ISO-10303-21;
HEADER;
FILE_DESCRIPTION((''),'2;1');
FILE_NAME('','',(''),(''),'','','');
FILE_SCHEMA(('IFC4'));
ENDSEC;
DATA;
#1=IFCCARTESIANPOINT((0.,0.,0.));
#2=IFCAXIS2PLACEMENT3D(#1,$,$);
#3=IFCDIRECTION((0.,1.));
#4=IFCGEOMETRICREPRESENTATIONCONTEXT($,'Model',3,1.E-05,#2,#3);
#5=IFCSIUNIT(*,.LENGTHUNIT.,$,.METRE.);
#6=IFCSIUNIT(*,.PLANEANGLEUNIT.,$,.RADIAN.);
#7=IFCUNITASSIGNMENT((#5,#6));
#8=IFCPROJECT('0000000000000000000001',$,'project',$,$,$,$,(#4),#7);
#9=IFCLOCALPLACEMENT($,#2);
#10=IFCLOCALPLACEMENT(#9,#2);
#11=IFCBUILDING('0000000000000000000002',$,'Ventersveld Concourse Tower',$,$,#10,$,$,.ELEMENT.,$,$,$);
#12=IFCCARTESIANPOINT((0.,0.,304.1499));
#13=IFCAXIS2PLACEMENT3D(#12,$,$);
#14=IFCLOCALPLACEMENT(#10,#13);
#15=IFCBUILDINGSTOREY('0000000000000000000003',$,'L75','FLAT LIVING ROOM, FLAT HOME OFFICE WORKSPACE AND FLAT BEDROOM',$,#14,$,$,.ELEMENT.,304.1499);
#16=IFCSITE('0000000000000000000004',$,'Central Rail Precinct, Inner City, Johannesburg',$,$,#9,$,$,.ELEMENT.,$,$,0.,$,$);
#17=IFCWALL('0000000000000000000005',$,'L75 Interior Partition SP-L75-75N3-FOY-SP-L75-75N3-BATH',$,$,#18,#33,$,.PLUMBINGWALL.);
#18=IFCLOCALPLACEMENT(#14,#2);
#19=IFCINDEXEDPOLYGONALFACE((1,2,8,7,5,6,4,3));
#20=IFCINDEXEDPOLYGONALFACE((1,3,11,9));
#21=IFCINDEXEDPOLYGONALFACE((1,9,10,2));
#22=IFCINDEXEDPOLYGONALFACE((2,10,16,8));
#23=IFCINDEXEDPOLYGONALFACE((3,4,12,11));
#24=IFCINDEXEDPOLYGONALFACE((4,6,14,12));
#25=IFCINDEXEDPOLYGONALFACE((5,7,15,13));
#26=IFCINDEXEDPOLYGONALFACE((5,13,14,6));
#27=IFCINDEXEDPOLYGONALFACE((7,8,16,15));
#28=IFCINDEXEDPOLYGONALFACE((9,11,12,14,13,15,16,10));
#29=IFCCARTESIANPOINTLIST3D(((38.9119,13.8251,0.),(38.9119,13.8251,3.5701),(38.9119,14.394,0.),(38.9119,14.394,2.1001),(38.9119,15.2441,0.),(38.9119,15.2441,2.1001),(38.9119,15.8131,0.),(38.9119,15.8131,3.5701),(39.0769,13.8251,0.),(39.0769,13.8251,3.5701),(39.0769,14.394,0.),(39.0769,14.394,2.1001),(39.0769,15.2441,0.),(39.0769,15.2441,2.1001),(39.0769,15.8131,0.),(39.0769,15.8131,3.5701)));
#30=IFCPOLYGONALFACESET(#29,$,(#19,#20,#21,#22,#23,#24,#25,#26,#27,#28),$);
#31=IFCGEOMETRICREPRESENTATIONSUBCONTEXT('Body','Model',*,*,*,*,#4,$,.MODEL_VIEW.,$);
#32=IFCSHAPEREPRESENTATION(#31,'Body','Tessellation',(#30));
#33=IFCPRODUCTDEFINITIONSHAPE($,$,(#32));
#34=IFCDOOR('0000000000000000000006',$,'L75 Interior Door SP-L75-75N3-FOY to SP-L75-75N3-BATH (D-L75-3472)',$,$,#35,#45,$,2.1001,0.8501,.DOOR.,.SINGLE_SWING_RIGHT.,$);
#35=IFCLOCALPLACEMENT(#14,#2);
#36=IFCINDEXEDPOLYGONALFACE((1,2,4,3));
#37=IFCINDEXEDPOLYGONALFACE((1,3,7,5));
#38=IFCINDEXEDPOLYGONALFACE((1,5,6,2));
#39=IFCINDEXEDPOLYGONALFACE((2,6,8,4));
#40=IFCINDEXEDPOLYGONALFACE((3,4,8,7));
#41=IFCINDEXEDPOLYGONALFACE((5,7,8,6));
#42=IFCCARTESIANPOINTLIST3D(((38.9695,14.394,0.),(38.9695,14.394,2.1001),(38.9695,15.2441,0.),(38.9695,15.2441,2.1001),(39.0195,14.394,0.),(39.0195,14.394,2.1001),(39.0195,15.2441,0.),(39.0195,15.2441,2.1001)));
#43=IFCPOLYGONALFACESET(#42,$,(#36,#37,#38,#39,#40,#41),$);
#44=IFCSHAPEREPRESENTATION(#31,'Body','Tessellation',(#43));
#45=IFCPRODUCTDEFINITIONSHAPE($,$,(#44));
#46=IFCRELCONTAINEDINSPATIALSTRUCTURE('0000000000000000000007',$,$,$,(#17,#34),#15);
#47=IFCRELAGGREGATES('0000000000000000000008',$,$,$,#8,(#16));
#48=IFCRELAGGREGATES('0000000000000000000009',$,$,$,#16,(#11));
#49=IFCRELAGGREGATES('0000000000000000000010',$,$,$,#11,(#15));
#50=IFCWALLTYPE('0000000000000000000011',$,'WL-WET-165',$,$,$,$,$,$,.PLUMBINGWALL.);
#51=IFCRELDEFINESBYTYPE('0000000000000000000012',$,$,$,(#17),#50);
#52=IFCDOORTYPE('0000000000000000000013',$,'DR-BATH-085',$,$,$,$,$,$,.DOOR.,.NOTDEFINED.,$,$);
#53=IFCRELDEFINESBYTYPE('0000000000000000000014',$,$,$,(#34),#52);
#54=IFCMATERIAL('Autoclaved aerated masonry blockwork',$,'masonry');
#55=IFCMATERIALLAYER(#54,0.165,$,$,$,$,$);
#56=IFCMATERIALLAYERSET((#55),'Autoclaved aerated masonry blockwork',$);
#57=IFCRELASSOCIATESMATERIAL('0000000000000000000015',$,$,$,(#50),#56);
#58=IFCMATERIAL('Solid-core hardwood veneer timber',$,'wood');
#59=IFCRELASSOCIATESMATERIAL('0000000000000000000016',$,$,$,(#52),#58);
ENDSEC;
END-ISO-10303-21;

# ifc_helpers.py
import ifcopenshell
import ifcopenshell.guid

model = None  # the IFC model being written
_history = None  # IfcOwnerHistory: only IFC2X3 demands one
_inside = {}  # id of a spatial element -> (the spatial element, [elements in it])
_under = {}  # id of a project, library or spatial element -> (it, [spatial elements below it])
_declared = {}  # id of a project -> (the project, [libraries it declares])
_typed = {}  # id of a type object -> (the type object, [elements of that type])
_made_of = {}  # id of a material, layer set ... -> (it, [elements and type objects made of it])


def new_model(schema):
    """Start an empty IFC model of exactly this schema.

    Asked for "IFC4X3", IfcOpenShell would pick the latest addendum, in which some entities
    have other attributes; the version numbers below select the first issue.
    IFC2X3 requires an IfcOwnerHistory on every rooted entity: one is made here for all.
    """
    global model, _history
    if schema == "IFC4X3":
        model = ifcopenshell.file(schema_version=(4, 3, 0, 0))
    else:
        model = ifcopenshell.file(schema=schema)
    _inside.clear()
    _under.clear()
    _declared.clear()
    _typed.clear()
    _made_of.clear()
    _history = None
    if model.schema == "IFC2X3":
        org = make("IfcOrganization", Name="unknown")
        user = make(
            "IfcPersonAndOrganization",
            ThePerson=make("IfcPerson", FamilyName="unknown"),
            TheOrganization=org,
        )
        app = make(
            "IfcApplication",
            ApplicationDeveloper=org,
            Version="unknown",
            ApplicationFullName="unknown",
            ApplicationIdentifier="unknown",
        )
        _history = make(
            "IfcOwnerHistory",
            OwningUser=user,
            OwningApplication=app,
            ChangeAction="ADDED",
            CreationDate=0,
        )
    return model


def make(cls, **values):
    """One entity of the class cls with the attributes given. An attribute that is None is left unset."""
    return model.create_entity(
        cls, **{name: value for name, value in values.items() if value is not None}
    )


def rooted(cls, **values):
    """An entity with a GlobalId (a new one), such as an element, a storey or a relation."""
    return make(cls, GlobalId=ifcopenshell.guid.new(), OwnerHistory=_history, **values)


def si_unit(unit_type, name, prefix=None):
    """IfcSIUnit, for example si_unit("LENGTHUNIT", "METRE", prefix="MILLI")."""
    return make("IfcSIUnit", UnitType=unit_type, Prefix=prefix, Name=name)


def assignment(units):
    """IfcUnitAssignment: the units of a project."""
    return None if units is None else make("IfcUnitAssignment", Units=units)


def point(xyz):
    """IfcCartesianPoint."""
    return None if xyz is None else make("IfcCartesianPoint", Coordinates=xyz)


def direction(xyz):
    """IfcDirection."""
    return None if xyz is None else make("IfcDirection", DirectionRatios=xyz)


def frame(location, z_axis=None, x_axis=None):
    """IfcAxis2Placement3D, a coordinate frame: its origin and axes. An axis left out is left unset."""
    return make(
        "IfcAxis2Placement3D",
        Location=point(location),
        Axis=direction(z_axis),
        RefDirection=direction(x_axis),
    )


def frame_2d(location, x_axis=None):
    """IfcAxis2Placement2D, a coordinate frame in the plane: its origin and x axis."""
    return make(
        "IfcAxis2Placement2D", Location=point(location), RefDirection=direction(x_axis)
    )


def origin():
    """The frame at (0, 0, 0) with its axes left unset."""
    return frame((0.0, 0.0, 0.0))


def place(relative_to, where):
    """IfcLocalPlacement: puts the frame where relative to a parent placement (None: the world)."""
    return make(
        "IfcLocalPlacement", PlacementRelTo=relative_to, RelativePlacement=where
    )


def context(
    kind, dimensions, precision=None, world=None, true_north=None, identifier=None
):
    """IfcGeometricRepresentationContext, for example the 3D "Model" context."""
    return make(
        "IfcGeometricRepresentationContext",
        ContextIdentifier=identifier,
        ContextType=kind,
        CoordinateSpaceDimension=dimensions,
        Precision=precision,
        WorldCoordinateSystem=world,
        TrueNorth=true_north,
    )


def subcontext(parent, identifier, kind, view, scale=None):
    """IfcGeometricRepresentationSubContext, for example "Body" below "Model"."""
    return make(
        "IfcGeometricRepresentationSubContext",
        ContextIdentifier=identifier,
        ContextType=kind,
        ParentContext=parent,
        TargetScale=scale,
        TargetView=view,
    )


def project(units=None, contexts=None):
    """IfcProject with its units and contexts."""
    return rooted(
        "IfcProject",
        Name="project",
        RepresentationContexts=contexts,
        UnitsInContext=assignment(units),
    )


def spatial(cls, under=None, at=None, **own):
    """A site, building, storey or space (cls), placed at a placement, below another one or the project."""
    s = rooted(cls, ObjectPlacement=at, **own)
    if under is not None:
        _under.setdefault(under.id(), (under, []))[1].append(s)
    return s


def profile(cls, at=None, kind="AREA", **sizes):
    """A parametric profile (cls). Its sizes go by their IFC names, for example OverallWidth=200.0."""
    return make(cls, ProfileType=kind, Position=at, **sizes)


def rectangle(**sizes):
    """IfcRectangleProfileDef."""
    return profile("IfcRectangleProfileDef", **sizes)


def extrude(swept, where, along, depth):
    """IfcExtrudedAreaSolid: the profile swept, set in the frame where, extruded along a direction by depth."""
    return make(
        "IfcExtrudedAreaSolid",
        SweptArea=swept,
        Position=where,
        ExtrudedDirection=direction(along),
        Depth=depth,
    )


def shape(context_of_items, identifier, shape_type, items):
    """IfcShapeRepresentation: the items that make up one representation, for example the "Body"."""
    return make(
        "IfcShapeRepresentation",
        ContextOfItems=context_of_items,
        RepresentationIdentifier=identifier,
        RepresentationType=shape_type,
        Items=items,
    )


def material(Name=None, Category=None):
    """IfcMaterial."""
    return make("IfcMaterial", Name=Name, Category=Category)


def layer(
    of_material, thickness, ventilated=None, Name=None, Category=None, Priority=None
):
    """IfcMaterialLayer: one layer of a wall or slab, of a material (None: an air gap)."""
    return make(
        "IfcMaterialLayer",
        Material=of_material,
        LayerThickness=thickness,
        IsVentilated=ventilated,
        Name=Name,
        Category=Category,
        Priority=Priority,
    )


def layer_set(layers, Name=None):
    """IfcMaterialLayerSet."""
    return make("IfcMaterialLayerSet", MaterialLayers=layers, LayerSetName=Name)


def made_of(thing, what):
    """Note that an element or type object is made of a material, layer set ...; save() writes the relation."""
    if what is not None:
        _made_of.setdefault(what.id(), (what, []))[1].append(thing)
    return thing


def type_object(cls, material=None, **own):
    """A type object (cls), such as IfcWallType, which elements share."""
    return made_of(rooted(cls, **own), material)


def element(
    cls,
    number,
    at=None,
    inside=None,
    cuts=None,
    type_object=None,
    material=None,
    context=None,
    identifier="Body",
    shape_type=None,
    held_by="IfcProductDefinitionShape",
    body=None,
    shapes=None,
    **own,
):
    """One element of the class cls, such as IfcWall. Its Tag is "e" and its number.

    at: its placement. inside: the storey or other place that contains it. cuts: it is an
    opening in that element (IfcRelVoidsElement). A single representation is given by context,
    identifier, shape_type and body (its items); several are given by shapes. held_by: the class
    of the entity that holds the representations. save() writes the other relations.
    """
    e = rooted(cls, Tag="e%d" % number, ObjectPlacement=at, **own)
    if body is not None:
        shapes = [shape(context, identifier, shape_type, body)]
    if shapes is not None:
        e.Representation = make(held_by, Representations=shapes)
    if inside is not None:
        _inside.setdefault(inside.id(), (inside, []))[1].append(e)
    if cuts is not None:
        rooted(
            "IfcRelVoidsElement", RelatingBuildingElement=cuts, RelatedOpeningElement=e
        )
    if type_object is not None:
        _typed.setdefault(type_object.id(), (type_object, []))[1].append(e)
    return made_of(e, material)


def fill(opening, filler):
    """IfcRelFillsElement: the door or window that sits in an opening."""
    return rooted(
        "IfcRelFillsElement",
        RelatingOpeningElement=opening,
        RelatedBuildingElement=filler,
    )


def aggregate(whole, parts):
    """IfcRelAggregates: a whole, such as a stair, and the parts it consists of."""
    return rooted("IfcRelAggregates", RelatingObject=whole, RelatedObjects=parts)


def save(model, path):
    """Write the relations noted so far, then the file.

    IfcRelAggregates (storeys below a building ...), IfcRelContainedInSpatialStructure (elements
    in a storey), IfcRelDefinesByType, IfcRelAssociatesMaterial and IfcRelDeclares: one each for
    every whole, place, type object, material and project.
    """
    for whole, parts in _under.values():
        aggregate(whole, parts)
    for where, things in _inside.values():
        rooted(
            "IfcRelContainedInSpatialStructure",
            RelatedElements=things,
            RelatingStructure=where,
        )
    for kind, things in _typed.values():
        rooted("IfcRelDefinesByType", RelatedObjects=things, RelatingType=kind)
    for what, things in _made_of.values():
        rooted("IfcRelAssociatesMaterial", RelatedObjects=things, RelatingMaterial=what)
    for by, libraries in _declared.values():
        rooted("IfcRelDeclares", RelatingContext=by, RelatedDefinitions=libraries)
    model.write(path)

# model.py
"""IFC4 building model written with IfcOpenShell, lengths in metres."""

from ifc_helpers import new_model, si_unit, direction, frame, frame_2d, origin, place, context, subcontext, project, spatial, rectangle, extrude, material, layer, layer_set, type_object, element, fill, save


model = new_model("IFC4")

# Units and contexts
model_context = context("Model", 3, precision=1e-05, world=origin(), true_north=direction((0.0, 1.0)))
body_context = subcontext(model_context, "Body", "Model", "MODEL_VIEW")
ifc_project = project(units=[si_unit("LENGTHUNIT", "METRE"), si_unit("PLANEANGLEUNIT", "RADIAN")], contexts=[model_context])

# Site, building, storey
site_placement = place(None, origin())
site = spatial("IfcSite", under=ifc_project, at=site_placement, Name="Central Rail Precinct, Inner City, Johannesburg", CompositionType="ELEMENT", RefElevation=0.0)
building_placement = place(site_placement, origin())
building = spatial("IfcBuilding", under=site, at=building_placement, Name="Ventersveld Concourse Tower", CompositionType="ELEMENT")
storey_placement = place(building_placement, frame((0.0, 0.0, 304.1499)))
storey = spatial("IfcBuildingStorey", under=building, at=storey_placement, Name="L75", Description="FLAT LIVING ROOM, FLAT HOME OFFICE WORKSPACE AND FLAT BEDROOM", CompositionType="ELEMENT", Elevation=304.1499)

# Shared definitions
ifc_material_1 = material(Name="Solid-core hardwood veneer timber", Category="wood")

# Shared definitions
ifc_material_2 = material(Name="Autoclaved aerated masonry blockwork", Category="masonry")

# Wall, opening, door
ifc_layer_1 = layer(ifc_material_2, 0.165)
ifc_layer_set_1 = layer_set([ifc_layer_1], Name="Autoclaved aerated masonry blockwork")
wall_type_1 = type_object("IfcWallType", Name="WL-WET-165", PredefinedType="PLUMBINGWALL", material=ifc_layer_set_1)
wall_1_placement = place(storey_placement, frame((38.9944, 13.825, 0.0), z_axis=(0.0, 0.0, 1.0), x_axis=(0.0, 1.0, 0.0)))
wall_1 = element("IfcWall", 1, at=wall_1_placement, inside=storey, type_object=wall_type_1, Name="L75 Interior Partition SP-L75-75N3-FOY-SP-L75-75N3-BATH", PredefinedType="PLUMBINGWALL", context=body_context, shape_type="SweptSolid", body=[
    extrude(rectangle(XDim=1.988, YDim=0.165, at=frame_2d((0.9941, 0.0))), origin(), (0.0, 0.0, 1.0), 3.5701),
])
opening_1_placement = place(wall_1_placement, frame((0.5691, 0.0, 0.0)))
opening_1 = element("IfcOpeningElement", 2, at=opening_1_placement, cuts=wall_1, PredefinedType="OPENING", context=body_context, shape_type="SweptSolid", body=[
    extrude(rectangle(XDim=0.8501, YDim=2.1001, at=frame_2d((0.425, 1.05))), frame((0.0, 0.0925, 0.0), z_axis=(0.0, -1.0, 0.0), x_axis=(1.0, 0.0, 0.0)), (0.0, 0.0, 1.0), 0.1851),
])
door_type_1 = type_object("IfcDoorType", Name="DR-BATH-085", OperationType="NOTDEFINED", PredefinedType="DOOR", material=ifc_material_1)
door_1_placement = place(opening_1_placement, origin())
door_1 = element("IfcDoor", 3, at=door_1_placement, inside=storey, type_object=door_type_1, Name="L75 Interior Door SP-L75-75N3-FOY to SP-L75-75N3-BATH (D-L75-3472)", OperationType="SINGLE_SWING_RIGHT", OverallHeight=2.1001, OverallWidth=0.8501, PredefinedType="DOOR", context=body_context, shape_type="SweptSolid", body=[
    extrude(rectangle(XDim=0.8501, YDim=2.1001, at=frame_2d((0.425, 1.05))), frame((0.0, 0.0249, 0.0), z_axis=(0.0, -1.0, 0.0), x_axis=(1.0, 0.0, 0.0)), (0.0, 0.0, 1.0), 0.05),
])
fill(opening_1, door_1)

save(model, "model.ifc")
